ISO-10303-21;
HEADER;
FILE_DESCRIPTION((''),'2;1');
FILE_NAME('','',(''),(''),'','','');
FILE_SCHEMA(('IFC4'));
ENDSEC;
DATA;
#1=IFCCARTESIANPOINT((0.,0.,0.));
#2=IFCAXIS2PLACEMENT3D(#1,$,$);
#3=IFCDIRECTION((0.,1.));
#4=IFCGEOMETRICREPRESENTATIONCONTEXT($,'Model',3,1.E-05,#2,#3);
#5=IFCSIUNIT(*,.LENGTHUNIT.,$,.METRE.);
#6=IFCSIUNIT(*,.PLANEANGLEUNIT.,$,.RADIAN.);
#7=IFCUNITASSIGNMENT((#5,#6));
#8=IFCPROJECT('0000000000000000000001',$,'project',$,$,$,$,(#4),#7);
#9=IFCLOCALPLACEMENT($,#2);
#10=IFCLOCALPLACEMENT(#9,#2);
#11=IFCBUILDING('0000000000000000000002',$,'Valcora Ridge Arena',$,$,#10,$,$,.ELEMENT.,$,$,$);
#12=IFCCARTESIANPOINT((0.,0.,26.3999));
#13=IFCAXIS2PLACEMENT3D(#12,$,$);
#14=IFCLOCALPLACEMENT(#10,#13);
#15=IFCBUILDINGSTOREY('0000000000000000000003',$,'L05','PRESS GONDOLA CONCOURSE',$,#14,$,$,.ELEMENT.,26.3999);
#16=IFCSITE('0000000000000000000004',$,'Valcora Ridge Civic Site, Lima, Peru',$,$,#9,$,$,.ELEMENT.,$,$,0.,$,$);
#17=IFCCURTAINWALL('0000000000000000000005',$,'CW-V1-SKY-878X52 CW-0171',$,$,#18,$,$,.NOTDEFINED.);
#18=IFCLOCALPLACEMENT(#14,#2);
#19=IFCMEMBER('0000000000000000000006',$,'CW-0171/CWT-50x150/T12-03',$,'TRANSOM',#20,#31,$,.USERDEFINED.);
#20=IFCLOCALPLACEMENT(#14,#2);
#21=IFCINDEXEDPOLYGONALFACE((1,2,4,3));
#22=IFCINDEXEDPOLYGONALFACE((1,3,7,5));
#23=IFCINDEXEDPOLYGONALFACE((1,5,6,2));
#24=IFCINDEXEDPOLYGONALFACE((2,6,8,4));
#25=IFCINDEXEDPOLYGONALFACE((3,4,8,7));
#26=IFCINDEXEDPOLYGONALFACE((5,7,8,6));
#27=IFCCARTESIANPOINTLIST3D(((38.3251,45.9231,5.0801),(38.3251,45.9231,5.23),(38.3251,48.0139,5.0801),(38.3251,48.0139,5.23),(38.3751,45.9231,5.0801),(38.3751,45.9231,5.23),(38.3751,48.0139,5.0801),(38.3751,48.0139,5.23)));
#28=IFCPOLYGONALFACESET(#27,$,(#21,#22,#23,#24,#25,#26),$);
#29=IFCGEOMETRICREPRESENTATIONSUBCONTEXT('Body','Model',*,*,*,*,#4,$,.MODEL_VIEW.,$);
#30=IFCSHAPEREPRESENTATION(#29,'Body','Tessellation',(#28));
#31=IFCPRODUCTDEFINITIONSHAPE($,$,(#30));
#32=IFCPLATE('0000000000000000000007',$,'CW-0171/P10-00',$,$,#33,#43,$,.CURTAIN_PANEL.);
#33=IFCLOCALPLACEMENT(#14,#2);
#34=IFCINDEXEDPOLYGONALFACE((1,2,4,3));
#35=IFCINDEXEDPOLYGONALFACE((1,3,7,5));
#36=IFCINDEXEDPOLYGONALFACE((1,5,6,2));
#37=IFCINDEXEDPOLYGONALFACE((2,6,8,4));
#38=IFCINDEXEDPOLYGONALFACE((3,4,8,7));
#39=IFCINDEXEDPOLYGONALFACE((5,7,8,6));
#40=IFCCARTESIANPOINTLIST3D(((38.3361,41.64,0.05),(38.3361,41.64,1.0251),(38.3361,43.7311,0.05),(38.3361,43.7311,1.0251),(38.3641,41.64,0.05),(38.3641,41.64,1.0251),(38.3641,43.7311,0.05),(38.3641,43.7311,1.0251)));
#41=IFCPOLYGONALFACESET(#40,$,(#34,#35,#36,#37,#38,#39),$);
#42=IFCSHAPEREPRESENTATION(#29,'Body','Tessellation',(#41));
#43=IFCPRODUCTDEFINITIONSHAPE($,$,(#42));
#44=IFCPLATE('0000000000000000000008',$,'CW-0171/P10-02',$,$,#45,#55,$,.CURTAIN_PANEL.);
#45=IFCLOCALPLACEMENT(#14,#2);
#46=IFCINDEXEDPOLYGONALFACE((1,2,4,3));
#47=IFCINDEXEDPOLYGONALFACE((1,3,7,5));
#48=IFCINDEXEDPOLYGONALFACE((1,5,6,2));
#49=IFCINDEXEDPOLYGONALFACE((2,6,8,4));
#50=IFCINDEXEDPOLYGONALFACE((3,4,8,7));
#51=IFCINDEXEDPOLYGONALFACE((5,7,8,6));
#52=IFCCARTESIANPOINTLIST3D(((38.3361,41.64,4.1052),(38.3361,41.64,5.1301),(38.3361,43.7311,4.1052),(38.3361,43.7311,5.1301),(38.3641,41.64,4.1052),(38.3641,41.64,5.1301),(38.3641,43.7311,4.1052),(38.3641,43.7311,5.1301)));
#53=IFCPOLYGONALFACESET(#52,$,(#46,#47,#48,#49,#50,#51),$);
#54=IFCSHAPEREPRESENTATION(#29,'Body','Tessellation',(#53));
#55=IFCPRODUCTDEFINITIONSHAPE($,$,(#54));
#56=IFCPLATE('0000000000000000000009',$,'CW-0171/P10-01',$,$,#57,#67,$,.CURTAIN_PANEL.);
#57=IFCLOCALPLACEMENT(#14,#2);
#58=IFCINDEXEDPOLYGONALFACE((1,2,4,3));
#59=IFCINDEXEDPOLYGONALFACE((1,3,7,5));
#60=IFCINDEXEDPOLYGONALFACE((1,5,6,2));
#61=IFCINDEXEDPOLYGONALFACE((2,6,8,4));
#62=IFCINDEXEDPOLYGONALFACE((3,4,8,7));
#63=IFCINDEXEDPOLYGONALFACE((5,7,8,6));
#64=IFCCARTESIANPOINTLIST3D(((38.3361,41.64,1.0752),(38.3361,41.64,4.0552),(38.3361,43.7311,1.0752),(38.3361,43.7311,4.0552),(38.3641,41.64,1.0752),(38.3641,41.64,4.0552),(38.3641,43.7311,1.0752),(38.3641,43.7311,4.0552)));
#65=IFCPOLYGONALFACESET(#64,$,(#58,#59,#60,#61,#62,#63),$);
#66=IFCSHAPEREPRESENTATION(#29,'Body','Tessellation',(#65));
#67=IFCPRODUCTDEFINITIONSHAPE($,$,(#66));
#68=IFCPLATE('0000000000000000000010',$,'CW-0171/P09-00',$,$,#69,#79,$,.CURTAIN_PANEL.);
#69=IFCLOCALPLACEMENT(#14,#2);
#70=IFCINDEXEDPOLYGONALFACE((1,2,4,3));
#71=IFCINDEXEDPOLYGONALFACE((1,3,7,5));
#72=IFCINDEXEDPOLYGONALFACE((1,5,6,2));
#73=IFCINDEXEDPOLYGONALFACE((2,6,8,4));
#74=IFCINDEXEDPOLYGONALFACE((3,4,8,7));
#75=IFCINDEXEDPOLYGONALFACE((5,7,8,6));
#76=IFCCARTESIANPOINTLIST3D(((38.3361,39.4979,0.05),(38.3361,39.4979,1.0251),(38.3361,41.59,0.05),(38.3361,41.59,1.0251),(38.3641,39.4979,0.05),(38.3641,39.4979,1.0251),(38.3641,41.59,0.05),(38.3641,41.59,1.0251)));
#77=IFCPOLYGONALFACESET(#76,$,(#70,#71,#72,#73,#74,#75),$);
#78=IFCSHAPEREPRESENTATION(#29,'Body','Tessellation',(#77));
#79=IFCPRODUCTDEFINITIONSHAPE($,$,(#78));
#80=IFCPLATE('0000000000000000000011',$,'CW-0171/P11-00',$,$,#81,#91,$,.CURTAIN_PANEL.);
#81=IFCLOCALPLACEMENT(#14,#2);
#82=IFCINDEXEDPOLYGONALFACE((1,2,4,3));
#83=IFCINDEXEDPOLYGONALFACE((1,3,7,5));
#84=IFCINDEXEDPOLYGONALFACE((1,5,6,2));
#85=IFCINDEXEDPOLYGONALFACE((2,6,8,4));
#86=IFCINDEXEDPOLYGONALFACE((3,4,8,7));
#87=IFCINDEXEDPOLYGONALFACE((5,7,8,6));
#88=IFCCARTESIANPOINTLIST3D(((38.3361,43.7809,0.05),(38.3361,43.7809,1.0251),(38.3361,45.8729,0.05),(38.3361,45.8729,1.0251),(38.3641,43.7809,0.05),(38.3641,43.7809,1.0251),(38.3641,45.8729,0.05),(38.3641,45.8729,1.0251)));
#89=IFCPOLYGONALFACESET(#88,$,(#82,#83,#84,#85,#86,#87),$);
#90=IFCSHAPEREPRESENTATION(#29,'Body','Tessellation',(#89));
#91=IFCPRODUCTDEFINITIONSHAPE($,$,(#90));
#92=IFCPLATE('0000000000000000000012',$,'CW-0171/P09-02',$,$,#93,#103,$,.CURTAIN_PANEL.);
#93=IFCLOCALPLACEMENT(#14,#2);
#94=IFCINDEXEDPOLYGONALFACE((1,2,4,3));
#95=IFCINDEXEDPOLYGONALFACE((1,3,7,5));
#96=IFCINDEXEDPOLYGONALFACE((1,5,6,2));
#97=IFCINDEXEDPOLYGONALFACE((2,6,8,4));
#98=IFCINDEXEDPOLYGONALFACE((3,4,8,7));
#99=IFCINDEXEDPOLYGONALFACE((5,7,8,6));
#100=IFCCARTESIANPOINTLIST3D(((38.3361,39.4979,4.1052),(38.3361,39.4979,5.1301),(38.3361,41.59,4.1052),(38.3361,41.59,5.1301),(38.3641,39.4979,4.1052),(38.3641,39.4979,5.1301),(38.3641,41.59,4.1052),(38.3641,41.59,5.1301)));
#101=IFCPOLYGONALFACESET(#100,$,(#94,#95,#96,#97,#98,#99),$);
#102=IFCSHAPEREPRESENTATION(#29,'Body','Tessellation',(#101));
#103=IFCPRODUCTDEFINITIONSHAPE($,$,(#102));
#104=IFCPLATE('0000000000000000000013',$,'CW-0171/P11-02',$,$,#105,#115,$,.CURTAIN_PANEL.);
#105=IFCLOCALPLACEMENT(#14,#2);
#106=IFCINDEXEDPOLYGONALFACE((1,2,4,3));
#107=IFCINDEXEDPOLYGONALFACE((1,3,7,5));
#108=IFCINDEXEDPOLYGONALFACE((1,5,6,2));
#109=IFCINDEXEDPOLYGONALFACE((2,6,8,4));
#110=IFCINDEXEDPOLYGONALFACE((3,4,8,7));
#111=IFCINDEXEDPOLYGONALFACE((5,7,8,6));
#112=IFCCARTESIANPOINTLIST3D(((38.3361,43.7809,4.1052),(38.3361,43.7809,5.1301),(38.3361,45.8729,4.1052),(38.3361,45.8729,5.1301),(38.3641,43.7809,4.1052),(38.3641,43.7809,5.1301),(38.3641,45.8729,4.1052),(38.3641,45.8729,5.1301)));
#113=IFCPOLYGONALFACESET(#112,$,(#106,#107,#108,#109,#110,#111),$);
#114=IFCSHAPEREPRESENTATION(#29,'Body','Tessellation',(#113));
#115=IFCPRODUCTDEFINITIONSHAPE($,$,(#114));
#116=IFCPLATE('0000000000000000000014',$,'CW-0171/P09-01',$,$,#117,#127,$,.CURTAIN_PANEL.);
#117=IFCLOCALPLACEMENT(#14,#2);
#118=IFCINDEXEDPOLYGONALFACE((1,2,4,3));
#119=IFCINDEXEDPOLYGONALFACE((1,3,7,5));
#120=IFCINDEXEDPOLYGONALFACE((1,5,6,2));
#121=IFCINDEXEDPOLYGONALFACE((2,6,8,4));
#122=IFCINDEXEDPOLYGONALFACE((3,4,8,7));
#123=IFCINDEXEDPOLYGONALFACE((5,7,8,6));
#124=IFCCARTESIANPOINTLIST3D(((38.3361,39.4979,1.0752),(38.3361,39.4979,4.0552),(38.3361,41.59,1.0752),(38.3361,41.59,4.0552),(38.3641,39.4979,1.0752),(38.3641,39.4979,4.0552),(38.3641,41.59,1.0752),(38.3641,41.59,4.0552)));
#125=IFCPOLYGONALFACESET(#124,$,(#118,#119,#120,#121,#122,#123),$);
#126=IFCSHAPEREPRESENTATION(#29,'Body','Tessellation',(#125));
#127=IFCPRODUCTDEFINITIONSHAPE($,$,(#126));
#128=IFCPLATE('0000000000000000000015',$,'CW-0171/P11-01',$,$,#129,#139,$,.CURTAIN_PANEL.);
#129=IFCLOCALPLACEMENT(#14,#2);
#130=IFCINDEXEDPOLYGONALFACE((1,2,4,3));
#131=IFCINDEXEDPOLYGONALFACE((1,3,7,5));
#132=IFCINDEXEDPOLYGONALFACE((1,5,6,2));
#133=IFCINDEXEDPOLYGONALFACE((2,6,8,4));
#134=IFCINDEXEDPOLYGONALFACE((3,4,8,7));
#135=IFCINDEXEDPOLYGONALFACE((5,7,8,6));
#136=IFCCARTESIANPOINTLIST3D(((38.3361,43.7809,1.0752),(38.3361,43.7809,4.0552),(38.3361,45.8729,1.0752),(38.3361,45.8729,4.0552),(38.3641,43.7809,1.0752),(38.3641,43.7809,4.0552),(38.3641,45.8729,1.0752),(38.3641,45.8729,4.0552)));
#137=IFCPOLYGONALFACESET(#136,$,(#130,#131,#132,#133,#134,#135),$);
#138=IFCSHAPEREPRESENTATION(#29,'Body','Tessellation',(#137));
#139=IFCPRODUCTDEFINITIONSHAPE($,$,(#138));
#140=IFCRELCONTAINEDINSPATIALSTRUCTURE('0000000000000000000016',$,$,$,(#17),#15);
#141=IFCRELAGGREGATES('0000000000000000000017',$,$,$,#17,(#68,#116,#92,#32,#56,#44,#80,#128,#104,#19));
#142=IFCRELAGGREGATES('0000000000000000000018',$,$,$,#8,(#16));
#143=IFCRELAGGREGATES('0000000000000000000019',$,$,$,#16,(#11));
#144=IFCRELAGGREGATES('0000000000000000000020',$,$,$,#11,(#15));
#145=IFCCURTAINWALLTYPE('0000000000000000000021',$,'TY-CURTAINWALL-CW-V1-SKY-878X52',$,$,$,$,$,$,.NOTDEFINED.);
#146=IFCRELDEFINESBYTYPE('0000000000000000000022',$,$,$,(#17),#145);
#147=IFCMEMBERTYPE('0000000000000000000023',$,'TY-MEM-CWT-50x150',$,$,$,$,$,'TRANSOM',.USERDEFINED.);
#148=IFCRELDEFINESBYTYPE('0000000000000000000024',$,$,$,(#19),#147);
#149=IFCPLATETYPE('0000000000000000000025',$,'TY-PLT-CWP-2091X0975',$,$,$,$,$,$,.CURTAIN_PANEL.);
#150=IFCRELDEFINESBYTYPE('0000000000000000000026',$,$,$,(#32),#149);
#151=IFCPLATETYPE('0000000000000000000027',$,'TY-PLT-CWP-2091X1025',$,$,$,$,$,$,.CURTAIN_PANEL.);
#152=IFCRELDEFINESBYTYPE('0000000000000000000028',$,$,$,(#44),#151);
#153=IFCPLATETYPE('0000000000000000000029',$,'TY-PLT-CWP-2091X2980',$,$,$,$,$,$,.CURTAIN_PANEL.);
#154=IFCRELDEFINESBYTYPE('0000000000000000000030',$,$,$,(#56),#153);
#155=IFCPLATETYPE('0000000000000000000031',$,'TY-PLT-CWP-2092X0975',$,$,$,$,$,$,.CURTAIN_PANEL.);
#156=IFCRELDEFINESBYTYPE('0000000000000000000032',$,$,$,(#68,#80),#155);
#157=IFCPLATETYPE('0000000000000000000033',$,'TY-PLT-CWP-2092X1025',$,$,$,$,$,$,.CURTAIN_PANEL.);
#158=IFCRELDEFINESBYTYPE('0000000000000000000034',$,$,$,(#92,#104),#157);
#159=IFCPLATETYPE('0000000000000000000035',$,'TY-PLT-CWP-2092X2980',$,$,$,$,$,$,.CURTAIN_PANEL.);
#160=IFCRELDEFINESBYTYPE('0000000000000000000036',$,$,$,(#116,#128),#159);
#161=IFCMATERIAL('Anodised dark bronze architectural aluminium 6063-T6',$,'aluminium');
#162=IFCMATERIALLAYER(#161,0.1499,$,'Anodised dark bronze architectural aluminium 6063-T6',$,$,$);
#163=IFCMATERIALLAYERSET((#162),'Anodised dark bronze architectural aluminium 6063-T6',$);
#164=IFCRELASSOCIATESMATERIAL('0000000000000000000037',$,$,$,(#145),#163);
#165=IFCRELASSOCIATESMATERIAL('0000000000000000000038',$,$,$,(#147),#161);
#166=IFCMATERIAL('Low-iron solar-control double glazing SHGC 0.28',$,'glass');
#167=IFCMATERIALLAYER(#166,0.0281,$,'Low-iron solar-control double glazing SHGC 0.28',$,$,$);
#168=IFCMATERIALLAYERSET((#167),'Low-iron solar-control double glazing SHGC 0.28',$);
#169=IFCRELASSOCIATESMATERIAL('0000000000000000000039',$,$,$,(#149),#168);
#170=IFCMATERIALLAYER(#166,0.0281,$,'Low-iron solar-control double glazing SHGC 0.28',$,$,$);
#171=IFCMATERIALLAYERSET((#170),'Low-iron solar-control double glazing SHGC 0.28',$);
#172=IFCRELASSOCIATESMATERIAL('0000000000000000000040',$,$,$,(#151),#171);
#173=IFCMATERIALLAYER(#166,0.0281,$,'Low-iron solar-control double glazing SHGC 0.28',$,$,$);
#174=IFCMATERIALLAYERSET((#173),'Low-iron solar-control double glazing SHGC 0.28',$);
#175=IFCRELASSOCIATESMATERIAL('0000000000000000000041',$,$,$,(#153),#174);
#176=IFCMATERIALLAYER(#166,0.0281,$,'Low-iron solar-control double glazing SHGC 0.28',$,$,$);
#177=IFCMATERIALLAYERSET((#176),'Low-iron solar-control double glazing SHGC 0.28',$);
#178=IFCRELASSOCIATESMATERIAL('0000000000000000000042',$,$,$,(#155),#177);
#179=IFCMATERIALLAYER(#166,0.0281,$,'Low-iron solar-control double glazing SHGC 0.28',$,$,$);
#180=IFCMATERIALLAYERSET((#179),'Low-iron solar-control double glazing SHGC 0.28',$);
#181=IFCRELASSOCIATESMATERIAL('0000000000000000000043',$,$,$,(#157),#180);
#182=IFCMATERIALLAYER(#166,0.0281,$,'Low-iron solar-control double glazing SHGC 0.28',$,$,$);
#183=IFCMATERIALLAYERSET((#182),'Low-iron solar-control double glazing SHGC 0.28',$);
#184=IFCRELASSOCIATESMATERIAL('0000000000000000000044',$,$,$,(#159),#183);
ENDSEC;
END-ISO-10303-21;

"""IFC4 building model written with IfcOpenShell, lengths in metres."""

from ifc_helpers import new_model, si_unit, direction, frame, origin, origin_2d, place, context, subcontext, project, spatial, rectangle, extrude, material, layer, layer_set, material_profile, profile_set, type_object, element, aggregate, save


model = new_model("IFC4")

# Units and contexts
model_context = context("Model", 3, precision=1e-05, world=origin(), true_north=direction((0.0, 1.0)))
body_context = subcontext(model_context, "Body", "Model", "MODEL_VIEW")
ifc_project = project(units=[si_unit("LENGTHUNIT", "METRE"), si_unit("PLANEANGLEUNIT", "RADIAN")], contexts=[model_context])

# Site, building, storey
site_placement = place(None, origin())
site = spatial("IfcSite", under=ifc_project, at=site_placement, Name="Valcora Ridge Civic Site, Lima, Peru", CompositionType="ELEMENT", RefElevation=0.0)
building_placement = place(site_placement, origin())
building = spatial("IfcBuilding", under=site, at=building_placement, Name="Valcora Ridge Arena", CompositionType="ELEMENT")
storey_placement = place(building_placement, frame((0.0, 0.0, 26.3999)))
storey = spatial("IfcBuildingStorey", under=building, at=storey_placement, Name="L05", Description="PRESS GONDOLA CONCOURSE", CompositionType="ELEMENT", Elevation=26.3999)

# Curtain wall, member, plates
ifc_material_1 = material(Name="Anodised dark bronze architectural aluminium 6063-T6", Category="aluminium")
ifc_layer_1 = layer(ifc_material_1, 0.1499, Name="Anodised dark bronze architectural aluminium 6063-T6")
ifc_layer_set_1 = layer_set([ifc_layer_1], Name="Anodised dark bronze architectural aluminium 6063-T6")
curtain_wall_type = type_object("IfcCurtainWallType", Name="TY-CURTAINWALL-CW-V1-SKY-878X52", PredefinedType="NOTDEFINED", material=ifc_layer_set_1)
curtain_wall_placement = place(storey_placement, origin())
curtain_wall = element("IfcCurtainWall", 1, at=curtain_wall_placement, inside=storey, type_object=curtain_wall_type, Name="CW-V1-SKY-878X52 CW-0171", PredefinedType="NOTDEFINED")
ifc_material_profile_1 = material_profile(ifc_material_1, rectangle(XDim=0.05, YDim=0.1499, at=origin_2d()), Name="ALU TRANSOM 50x150")
ifc_profile_set_1 = profile_set([ifc_material_profile_1], Name="Anodised dark bronze architectural aluminium 6063-T6")
member_type_1 = type_object("IfcMemberType", Name="TY-MEM-CWT-50x150", ElementType="TRANSOM", PredefinedType="USERDEFINED", material=ifc_profile_set_1)
member_1_placement = place(storey_placement, frame((38.3501, 45.9231, 5.155), z_axis=(0.0, 1.0, 0.0), x_axis=(-1.0, 0.0, 0.0)))
member_1 = element("IfcMember", 2, at=member_1_placement, type_object=member_type_1, Name="CW-0171/CWT-50x150/T12-03", ObjectType="TRANSOM", PredefinedType="USERDEFINED", context=body_context, shape_type="SweptSolid", body=[
    extrude(rectangle(XDim=0.05, YDim=0.1499, at=origin_2d()), origin(), (0.0, 0.0, 1.0), 2.0908),
])
ifc_material_2 = material(Name="Low-iron solar-control double glazing SHGC 0.28", Category="glass")
ifc_layer_2 = layer(ifc_material_2, 0.0281, Name="Low-iron solar-control double glazing SHGC 0.28")
ifc_layer_set_2 = layer_set([ifc_layer_2], Name="Low-iron solar-control double glazing SHGC 0.28")
plate_type_1 = type_object("IfcPlateType", Name="TY-PLT-CWP-2091X0975", PredefinedType="CURTAIN_PANEL", material=ifc_layer_set_2)
plate_1_placement = place(storey_placement, frame((38.3501, 42.6855, 0.05), z_axis=(0.0, 0.0, 1.0), x_axis=(0.0, 1.0, 0.0)))
plate_1 = element("IfcPlate", 3, at=plate_1_placement, type_object=plate_type_1, Name="CW-0171/P10-00", PredefinedType="CURTAIN_PANEL", context=body_context, shape_type="SweptSolid", body=[
    extrude(rectangle(XDim=2.0911, YDim=0.0281, at=origin_2d()), origin(), (0.0, 0.0, 1.0), 0.9751),
])
ifc_layer_3 = layer(ifc_material_2, 0.0281, Name="Low-iron solar-control double glazing SHGC 0.28")
ifc_layer_set_3 = layer_set([ifc_layer_3], Name="Low-iron solar-control double glazing SHGC 0.28")
plate_type_2 = type_object("IfcPlateType", Name="TY-PLT-CWP-2091X1025", PredefinedType="CURTAIN_PANEL", material=ifc_layer_set_3)
plate_2_placement = place(storey_placement, frame((38.3501, 42.6855, 4.1052), z_axis=(0.0, 0.0, 1.0), x_axis=(0.0, 1.0, 0.0)))
plate_2 = element("IfcPlate", 4, at=plate_2_placement, type_object=plate_type_2, Name="CW-0171/P10-02", PredefinedType="CURTAIN_PANEL", context=body_context, shape_type="SweptSolid", body=[
    extrude(rectangle(XDim=2.0911, YDim=0.0281, at=origin_2d()), origin(), (0.0, 0.0, 1.0), 1.0249),
])
ifc_layer_4 = layer(ifc_material_2, 0.0281, Name="Low-iron solar-control double glazing SHGC 0.28")
ifc_layer_set_4 = layer_set([ifc_layer_4], Name="Low-iron solar-control double glazing SHGC 0.28")
plate_type_3 = type_object("IfcPlateType", Name="TY-PLT-CWP-2091X2980", PredefinedType="CURTAIN_PANEL", material=ifc_layer_set_4)
plate_3_placement = place(storey_placement, frame((38.3501, 42.6855, 1.0752), z_axis=(0.0, 0.0, 1.0), x_axis=(0.0, 1.0, 0.0)))
plate_3 = element("IfcPlate", 5, at=plate_3_placement, type_object=plate_type_3, Name="CW-0171/P10-01", PredefinedType="CURTAIN_PANEL", context=body_context, shape_type="SweptSolid", body=[
    extrude(rectangle(XDim=2.0911, YDim=0.0281, at=origin_2d()), origin(), (0.0, 0.0, 1.0), 2.98),
])
ifc_layer_5 = layer(ifc_material_2, 0.0281, Name="Low-iron solar-control double glazing SHGC 0.28")
ifc_layer_set_5 = layer_set([ifc_layer_5], Name="Low-iron solar-control double glazing SHGC 0.28")
plate_type_4 = type_object("IfcPlateType", Name="TY-PLT-CWP-2092X0975", PredefinedType="CURTAIN_PANEL", material=ifc_layer_set_5)
plate_4_placement = place(storey_placement, frame((38.3501, 40.5439, 0.05), z_axis=(0.0, 0.0, 1.0), x_axis=(0.0, 1.0, 0.0)))
plate_4 = element("IfcPlate", 6, at=plate_4_placement, type_object=plate_type_4, Name="CW-0171/P09-00", PredefinedType="CURTAIN_PANEL", context=body_context, shape_type="SweptSolid", body=[
    extrude(rectangle(XDim=2.092, YDim=0.0281, at=origin_2d()), origin(), (0.0, 0.0, 1.0), 0.9751),
])
plate_5_placement = place(storey_placement, frame((38.3501, 44.8269, 0.05), z_axis=(0.0, 0.0, 1.0), x_axis=(0.0, 1.0, 0.0)))
plate_5 = element("IfcPlate", 7, at=plate_5_placement, type_object=plate_type_4, Name="CW-0171/P11-00", PredefinedType="CURTAIN_PANEL", context=body_context, shape_type="SweptSolid", body=[
    extrude(rectangle(XDim=2.092, YDim=0.0281, at=origin_2d()), origin(), (0.0, 0.0, 1.0), 0.9751),
])
ifc_layer_6 = layer(ifc_material_2, 0.0281, Name="Low-iron solar-control double glazing SHGC 0.28")
ifc_layer_set_6 = layer_set([ifc_layer_6], Name="Low-iron solar-control double glazing SHGC 0.28")
plate_type_5 = type_object("IfcPlateType", Name="TY-PLT-CWP-2092X1025", PredefinedType="CURTAIN_PANEL", material=ifc_layer_set_6)
plate_6_placement = place(storey_placement, frame((38.3501, 40.5439, 4.1052), z_axis=(0.0, 0.0, 1.0), x_axis=(0.0, 1.0, 0.0)))
plate_6 = element("IfcPlate", 8, at=plate_6_placement, type_object=plate_type_5, Name="CW-0171/P09-02", PredefinedType="CURTAIN_PANEL", context=body_context, shape_type="SweptSolid", body=[
    extrude(rectangle(XDim=2.092, YDim=0.0281, at=origin_2d()), origin(), (0.0, 0.0, 1.0), 1.0249),
])
plate_7_placement = place(storey_placement, frame((38.3501, 44.8269, 4.1052), z_axis=(0.0, 0.0, 1.0), x_axis=(0.0, 1.0, 0.0)))
plate_7 = element("IfcPlate", 9, at=plate_7_placement, type_object=plate_type_5, Name="CW-0171/P11-02", PredefinedType="CURTAIN_PANEL", context=body_context, shape_type="SweptSolid", body=[
    extrude(rectangle(XDim=2.092, YDim=0.0281, at=origin_2d()), origin(), (0.0, 0.0, 1.0), 1.0249),
])
ifc_layer_7 = layer(ifc_material_2, 0.0281, Name="Low-iron solar-control double glazing SHGC 0.28")
ifc_layer_set_7 = layer_set([ifc_layer_7], Name="Low-iron solar-control double glazing SHGC 0.28")
plate_type_6 = type_object("IfcPlateType", Name="TY-PLT-CWP-2092X2980", PredefinedType="CURTAIN_PANEL", material=ifc_layer_set_7)
plate_8_placement = place(storey_placement, frame((38.3501, 40.5439, 1.0752), z_axis=(0.0, 0.0, 1.0), x_axis=(0.0, 1.0, 0.0)))
plate_8 = element("IfcPlate", 10, at=plate_8_placement, type_object=plate_type_6, Name="CW-0171/P09-01", PredefinedType="CURTAIN_PANEL", context=body_context, shape_type="SweptSolid", body=[
    extrude(rectangle(XDim=2.092, YDim=0.0281, at=origin_2d()), origin(), (0.0, 0.0, 1.0), 2.98),
])
plate_9_placement = place(storey_placement, frame((38.3501, 44.8269, 1.0752), z_axis=(0.0, 0.0, 1.0), x_axis=(0.0, 1.0, 0.0)))
plate_9 = element("IfcPlate", 11, at=plate_9_placement, type_object=plate_type_6, Name="CW-0171/P11-01", PredefinedType="CURTAIN_PANEL", context=body_context, shape_type="SweptSolid", body=[
    extrude(rectangle(XDim=2.092, YDim=0.0281, at=origin_2d()), origin(), (0.0, 0.0, 1.0), 2.98),
])
aggregate(curtain_wall, [plate_4, plate_8, plate_6, plate_1, plate_3, plate_2, plate_5, plate_9, plate_7, member_1])

save(model, "model.ifc")
